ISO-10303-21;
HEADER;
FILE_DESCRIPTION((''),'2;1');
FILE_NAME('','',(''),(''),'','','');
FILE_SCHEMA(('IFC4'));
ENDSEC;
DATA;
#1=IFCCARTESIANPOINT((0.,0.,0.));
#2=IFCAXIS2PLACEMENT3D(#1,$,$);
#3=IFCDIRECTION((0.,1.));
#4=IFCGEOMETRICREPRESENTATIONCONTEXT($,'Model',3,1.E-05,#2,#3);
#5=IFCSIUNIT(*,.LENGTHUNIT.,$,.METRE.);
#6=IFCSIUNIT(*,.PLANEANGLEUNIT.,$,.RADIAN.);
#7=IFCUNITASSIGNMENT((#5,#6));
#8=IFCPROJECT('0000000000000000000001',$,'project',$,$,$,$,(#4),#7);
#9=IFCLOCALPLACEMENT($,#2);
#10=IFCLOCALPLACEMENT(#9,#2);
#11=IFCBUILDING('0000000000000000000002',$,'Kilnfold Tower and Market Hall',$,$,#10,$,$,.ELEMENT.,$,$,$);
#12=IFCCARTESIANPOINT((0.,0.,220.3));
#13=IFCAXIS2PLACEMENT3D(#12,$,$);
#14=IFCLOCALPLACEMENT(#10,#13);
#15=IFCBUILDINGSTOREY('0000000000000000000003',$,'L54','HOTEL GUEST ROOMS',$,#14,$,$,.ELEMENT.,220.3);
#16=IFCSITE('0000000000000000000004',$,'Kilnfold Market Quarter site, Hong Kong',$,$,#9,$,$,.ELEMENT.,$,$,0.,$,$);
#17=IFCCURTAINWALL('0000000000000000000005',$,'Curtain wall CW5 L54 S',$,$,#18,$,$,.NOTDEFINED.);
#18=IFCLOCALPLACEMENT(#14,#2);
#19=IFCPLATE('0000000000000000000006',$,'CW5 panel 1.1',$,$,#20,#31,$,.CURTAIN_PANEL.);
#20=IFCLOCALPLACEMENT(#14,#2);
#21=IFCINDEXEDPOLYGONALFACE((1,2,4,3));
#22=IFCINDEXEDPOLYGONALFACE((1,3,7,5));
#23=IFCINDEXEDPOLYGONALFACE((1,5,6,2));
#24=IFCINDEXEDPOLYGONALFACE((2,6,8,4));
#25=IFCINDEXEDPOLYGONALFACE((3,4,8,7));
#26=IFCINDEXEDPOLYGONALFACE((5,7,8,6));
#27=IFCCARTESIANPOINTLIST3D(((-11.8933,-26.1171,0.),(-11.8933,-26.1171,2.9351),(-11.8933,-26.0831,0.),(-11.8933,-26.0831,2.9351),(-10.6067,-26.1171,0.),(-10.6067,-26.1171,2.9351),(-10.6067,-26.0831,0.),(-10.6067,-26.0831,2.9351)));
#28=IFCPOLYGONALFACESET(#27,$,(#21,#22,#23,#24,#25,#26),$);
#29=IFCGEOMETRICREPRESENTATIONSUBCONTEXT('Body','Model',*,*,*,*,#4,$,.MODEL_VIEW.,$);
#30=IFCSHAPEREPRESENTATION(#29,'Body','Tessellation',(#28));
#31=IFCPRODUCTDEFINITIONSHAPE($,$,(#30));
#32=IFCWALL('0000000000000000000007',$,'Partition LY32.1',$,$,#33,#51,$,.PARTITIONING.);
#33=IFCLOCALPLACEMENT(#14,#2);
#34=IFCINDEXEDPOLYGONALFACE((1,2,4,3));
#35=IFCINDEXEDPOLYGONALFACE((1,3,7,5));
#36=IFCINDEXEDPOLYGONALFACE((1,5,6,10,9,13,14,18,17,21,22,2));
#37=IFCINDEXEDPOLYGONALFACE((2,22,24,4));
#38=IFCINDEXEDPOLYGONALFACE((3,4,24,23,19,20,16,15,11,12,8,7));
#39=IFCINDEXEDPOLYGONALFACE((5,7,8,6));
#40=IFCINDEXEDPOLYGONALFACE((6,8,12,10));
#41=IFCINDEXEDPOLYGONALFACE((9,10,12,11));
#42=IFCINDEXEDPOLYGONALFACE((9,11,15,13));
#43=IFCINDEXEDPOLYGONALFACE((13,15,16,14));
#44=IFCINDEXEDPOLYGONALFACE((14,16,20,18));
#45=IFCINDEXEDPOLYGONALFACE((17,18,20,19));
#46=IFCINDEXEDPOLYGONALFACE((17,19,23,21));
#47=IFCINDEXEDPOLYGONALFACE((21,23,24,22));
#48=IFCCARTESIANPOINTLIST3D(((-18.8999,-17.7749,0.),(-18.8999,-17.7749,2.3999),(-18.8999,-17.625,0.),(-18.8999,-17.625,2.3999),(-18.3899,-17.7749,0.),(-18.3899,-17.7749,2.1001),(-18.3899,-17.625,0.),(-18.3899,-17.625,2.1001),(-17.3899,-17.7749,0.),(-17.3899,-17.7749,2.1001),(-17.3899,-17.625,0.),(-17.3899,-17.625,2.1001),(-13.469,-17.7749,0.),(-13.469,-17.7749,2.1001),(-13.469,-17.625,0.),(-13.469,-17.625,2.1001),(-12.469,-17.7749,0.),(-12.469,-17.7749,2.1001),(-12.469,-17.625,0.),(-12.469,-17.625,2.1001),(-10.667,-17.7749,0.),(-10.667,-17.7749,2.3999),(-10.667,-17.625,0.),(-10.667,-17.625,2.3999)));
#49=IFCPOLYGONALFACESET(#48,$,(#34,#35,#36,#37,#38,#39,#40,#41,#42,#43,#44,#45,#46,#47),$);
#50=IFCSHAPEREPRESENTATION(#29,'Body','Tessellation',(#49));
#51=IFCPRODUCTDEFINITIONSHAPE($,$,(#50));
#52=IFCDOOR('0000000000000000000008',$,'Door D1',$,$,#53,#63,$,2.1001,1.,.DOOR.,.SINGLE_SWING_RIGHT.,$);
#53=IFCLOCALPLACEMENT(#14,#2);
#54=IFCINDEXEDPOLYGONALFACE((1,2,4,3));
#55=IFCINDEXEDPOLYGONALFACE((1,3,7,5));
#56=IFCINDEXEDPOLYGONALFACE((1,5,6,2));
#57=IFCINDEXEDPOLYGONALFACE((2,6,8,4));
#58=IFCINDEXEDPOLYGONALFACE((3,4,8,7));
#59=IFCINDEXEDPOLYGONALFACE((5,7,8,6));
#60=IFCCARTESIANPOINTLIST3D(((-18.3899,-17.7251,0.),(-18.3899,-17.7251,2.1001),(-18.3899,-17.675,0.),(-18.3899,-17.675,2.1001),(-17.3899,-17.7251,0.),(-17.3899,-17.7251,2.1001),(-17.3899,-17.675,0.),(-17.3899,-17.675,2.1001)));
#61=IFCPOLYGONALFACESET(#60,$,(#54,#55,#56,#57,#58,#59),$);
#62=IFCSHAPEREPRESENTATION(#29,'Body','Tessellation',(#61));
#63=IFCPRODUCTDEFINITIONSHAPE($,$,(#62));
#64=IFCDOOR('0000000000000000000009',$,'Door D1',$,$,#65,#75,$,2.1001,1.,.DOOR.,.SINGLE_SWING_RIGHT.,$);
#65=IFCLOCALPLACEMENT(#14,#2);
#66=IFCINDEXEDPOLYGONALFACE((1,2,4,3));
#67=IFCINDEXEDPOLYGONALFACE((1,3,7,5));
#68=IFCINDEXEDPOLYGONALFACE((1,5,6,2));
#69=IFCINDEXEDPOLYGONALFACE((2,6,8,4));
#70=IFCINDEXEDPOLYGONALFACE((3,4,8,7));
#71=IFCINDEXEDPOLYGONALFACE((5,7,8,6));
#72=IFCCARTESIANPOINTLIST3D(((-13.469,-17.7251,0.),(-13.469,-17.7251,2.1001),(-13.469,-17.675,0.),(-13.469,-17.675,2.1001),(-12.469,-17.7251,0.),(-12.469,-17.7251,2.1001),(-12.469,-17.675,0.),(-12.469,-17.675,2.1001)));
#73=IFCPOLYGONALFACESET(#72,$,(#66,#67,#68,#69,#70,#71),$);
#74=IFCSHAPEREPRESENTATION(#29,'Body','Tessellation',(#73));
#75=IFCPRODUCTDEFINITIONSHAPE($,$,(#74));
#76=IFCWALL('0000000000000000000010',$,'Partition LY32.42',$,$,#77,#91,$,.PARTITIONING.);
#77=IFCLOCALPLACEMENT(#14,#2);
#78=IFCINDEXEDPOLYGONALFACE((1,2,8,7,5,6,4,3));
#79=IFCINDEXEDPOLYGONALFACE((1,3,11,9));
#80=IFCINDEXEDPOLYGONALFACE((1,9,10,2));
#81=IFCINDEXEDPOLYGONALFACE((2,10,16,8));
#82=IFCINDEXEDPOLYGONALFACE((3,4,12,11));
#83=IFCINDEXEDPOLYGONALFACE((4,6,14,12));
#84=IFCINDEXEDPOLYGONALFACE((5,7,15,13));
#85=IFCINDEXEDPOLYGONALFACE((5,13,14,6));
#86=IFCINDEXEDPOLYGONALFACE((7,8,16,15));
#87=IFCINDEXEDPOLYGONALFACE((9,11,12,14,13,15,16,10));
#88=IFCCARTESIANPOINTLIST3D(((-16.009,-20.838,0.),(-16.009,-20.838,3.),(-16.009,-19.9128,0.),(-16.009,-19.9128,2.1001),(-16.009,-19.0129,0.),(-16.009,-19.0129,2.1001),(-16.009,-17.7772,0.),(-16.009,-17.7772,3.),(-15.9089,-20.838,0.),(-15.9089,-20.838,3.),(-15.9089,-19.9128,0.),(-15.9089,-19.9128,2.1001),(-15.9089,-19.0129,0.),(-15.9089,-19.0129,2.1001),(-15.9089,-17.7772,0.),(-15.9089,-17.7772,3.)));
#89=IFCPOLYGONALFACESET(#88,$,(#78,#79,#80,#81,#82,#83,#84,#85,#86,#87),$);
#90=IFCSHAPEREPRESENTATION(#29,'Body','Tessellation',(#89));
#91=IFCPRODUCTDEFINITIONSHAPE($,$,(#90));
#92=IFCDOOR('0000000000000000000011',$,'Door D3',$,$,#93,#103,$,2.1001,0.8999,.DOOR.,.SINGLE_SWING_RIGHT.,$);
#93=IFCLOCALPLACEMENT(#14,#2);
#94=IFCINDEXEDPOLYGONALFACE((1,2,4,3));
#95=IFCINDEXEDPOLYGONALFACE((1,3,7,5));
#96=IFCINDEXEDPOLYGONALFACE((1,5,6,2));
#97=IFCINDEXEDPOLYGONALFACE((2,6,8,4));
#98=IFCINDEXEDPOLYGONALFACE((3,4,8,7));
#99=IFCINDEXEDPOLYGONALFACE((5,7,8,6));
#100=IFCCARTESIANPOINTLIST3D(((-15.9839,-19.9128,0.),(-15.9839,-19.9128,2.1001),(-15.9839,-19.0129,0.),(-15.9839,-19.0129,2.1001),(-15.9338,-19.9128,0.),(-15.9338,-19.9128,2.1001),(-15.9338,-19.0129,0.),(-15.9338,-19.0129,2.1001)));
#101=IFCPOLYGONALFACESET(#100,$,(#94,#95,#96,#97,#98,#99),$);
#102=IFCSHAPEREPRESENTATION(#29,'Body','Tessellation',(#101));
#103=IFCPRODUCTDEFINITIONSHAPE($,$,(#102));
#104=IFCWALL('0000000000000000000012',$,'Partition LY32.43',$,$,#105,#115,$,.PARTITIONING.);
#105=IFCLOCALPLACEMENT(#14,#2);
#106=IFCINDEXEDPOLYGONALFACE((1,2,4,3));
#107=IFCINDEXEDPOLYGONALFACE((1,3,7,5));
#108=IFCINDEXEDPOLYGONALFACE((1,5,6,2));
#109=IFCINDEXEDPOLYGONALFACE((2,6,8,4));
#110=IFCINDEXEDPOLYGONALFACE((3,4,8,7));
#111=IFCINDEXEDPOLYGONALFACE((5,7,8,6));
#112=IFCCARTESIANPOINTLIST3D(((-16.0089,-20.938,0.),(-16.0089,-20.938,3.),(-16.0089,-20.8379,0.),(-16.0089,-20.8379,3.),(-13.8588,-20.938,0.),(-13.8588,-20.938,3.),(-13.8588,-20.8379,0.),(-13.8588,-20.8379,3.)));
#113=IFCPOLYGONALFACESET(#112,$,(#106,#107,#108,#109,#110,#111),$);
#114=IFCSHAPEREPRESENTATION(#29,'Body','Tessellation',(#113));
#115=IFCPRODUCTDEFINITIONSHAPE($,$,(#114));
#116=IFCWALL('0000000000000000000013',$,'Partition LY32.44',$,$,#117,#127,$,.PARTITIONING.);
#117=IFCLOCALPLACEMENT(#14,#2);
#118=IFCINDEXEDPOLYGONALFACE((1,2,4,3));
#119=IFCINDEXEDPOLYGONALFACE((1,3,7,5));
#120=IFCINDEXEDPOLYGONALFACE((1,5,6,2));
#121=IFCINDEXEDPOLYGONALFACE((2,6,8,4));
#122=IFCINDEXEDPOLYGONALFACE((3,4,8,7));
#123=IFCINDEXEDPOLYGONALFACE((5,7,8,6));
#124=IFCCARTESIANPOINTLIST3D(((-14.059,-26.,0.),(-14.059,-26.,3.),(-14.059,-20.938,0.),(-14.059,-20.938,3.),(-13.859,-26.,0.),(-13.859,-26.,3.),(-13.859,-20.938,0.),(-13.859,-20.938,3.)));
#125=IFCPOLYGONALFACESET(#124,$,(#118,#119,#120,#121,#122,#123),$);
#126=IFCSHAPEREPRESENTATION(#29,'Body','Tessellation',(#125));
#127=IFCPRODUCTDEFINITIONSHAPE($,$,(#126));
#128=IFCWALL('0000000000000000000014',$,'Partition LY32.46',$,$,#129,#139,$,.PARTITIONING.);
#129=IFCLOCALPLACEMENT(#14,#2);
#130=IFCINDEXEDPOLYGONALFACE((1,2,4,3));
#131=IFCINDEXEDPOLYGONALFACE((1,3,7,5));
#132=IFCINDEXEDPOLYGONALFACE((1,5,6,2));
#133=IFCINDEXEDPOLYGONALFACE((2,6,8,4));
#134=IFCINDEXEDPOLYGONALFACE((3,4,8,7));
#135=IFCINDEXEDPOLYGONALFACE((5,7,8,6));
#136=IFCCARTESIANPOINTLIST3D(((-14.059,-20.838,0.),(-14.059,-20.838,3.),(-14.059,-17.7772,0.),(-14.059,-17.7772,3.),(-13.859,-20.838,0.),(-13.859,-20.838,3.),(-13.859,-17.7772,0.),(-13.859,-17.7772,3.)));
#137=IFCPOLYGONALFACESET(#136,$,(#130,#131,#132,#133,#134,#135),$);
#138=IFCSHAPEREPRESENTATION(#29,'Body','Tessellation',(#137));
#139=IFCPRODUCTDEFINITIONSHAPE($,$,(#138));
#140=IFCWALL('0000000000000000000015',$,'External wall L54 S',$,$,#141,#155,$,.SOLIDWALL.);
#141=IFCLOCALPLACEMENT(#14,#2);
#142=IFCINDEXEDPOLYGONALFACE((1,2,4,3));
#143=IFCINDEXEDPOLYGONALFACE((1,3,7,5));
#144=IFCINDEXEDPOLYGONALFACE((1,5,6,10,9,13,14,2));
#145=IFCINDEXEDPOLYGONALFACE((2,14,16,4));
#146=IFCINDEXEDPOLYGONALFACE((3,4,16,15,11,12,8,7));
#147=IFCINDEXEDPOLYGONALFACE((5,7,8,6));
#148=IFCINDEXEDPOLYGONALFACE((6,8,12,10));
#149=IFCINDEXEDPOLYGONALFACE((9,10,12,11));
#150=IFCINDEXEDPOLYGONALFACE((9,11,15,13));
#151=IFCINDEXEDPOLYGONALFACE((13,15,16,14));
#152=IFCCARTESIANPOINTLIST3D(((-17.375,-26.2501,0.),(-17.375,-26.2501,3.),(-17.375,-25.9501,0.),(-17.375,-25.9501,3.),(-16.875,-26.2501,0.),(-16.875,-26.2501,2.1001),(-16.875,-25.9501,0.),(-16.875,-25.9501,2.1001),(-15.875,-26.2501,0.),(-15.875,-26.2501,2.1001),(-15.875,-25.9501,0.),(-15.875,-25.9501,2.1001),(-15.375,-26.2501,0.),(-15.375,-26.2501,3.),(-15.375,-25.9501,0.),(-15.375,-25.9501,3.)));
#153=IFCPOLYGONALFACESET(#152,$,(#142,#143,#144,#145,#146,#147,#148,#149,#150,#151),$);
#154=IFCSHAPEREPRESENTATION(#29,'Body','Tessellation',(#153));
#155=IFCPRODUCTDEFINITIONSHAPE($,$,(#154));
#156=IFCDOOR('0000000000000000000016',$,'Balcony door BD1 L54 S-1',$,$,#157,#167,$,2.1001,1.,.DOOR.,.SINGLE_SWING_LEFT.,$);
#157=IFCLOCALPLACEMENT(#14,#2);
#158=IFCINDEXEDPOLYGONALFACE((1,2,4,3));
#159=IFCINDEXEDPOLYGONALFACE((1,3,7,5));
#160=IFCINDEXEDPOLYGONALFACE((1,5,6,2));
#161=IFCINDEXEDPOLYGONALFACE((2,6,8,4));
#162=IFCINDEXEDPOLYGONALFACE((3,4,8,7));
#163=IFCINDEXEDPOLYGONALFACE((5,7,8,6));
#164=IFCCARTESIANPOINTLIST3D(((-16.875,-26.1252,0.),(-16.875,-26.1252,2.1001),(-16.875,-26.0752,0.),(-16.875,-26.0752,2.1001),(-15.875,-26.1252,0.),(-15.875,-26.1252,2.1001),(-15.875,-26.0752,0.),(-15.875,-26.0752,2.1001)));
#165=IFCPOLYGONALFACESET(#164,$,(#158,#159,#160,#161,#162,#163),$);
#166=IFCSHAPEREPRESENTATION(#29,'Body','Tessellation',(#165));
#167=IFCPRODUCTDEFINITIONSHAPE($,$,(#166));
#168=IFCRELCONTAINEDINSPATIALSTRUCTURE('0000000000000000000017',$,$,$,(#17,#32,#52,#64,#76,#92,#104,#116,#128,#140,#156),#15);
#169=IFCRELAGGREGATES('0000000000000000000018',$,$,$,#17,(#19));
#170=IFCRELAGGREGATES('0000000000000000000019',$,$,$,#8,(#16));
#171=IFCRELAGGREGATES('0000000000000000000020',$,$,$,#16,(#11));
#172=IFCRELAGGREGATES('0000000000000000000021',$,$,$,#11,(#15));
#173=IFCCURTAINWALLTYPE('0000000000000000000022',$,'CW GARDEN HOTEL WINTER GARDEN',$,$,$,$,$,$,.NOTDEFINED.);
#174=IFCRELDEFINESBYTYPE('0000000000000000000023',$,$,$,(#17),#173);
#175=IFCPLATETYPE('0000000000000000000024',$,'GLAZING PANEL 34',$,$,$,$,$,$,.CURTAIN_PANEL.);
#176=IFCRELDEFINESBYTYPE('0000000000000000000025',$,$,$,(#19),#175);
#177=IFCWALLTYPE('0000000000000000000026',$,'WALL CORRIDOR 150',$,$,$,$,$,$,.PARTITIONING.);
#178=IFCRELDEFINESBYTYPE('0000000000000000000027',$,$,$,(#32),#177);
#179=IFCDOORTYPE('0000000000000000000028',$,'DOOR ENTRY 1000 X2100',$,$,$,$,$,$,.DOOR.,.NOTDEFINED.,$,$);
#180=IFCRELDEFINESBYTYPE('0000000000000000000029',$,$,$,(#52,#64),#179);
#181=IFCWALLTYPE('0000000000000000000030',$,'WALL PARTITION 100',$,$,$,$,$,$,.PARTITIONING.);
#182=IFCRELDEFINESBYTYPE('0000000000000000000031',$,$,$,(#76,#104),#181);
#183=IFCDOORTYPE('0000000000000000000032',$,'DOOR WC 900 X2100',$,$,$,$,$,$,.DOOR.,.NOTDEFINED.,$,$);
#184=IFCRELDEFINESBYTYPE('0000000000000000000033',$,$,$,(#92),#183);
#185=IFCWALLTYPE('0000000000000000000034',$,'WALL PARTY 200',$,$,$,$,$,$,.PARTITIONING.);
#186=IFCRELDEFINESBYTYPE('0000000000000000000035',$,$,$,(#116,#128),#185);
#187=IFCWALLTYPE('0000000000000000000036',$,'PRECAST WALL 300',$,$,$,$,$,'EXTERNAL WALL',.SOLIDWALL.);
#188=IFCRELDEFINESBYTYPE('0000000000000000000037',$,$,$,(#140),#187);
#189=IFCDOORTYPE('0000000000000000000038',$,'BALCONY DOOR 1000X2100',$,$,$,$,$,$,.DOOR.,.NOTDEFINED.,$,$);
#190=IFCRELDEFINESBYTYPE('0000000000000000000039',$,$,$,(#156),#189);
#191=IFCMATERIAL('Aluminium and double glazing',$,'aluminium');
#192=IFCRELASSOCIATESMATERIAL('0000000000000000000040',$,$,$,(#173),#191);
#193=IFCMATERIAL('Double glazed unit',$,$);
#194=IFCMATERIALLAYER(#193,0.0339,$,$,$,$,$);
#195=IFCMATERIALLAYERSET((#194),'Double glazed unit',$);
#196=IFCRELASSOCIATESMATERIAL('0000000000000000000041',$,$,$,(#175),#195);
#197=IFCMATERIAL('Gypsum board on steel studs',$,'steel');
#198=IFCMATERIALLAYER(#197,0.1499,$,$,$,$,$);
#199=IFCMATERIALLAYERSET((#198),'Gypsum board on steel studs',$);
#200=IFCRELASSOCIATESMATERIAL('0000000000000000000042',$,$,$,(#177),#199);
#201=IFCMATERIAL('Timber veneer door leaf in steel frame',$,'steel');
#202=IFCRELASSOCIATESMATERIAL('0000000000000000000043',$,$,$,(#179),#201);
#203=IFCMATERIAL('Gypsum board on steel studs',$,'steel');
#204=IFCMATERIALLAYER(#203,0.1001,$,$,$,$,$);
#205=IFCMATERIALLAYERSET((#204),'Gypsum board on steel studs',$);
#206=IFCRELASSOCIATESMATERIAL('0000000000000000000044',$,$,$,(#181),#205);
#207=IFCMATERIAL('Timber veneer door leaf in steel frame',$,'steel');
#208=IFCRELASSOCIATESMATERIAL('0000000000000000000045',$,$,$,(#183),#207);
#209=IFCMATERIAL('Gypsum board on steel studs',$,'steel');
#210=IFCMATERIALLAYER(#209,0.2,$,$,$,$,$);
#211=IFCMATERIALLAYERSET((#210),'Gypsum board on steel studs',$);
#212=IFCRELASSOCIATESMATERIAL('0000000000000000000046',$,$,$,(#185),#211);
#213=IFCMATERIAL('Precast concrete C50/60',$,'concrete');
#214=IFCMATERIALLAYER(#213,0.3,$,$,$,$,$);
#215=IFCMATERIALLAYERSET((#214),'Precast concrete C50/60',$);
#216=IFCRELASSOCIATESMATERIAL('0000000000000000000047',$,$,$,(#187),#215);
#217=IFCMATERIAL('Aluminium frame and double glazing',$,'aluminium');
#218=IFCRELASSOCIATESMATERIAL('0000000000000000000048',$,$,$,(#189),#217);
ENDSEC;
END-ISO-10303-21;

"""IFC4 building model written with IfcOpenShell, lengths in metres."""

from ifc_helpers import new_model, si_unit, direction, frame, frame_2d, origin, origin_2d, place, context, subcontext, project, spatial, rectangle, extrude, source, transform, mapped, material, layer, layer_set, type_object, element, fill, aggregate, save


model = new_model("IFC4")

# Units and contexts
model_context = context("Model", 3, precision=1e-05, world=origin(), true_north=direction((0.0, 1.0)))
body_context = subcontext(model_context, "Body", "Model", "MODEL_VIEW")
ifc_project = project(units=[si_unit("LENGTHUNIT", "METRE"), si_unit("PLANEANGLEUNIT", "RADIAN")], contexts=[model_context])

# Site, building, storey
site_placement = place(None, origin())
site = spatial("IfcSite", under=ifc_project, at=site_placement, Name="Kilnfold Market Quarter site, Hong Kong", CompositionType="ELEMENT", RefElevation=0.0)
building_placement = place(site_placement, origin())
building = spatial("IfcBuilding", under=site, at=building_placement, Name="Kilnfold Tower and Market Hall", CompositionType="ELEMENT")
storey_placement = place(building_placement, frame((0.0, 0.0, 220.3)))
storey = spatial("IfcBuildingStorey", under=building, at=storey_placement, Name="L54", Description="HOTEL GUEST ROOMS", CompositionType="ELEMENT", Elevation=220.3)

# Curtain wall
ifc_material_1 = material(Name="Aluminium and double glazing", Category="aluminium")
curtain_wall_type = type_object("IfcCurtainWallType", Name="CW GARDEN HOTEL WINTER GARDEN", PredefinedType="NOTDEFINED", material=ifc_material_1)
curtain_wall_1_placement = place(storey_placement, origin())
curtain_wall_1 = element("IfcCurtainWall", 1, at=curtain_wall_1_placement, inside=storey, type_object=curtain_wall_type, Name="Curtain wall CW5 L54 S", PredefinedType="NOTDEFINED")

# Plate
ifc_material_2 = material(Name="Double glazed unit")
ifc_layer_1 = layer(ifc_material_2, 0.0339)
ifc_layer_set_1 = layer_set([ifc_layer_1], Name="Double glazed unit")
plate_type = type_object("IfcPlateType", Name="GLAZING PANEL 34", PredefinedType="CURTAIN_PANEL", material=ifc_layer_set_1)
shared_shape_1 = source(origin(), body_context, "Body", "SweptSolid", [
    extrude(rectangle(XDim=1.2866, YDim=0.0339, at=origin_2d()), origin(), (0.0, 0.0, 1.0), 2.9351),
])
plate_1_placement = place(storey_placement, frame((-11.25, -26.1001, 0.0), z_axis=(0.0, 0.0, 1.0), x_axis=(1.0, 0.0, 0.0)))
plate_1 = element("IfcPlate", 2, at=plate_1_placement, type_object=plate_type, Name="CW5 panel 1.1", PredefinedType="CURTAIN_PANEL", context=body_context, shape_type="MappedRepresentation", body=[
    mapped(shared_shape_1, transform((0.0, 0.0, 0.0))),
])
aggregate(curtain_wall_1, [plate_1])

# Wall, openings, doors
ifc_material_3 = material(Name="Gypsum board on steel studs", Category="steel")
ifc_layer_2 = layer(ifc_material_3, 0.1499)
ifc_layer_set_2 = layer_set([ifc_layer_2], Name="Gypsum board on steel studs")
wall_type_1 = type_object("IfcWallType", Name="WALL CORRIDOR 150", PredefinedType="PARTITIONING", material=ifc_layer_set_2)
wall_1_placement = place(storey_placement, frame((-18.8999, -17.7, 0.0), z_axis=(0.0, 0.0, 1.0), x_axis=(1.0, 0.0, 0.0)))
wall_1 = element("IfcWall", 3, at=wall_1_placement, inside=storey, type_object=wall_type_1, Name="Partition LY32.1", PredefinedType="PARTITIONING", context=body_context, shape_type="SweptSolid", body=[
    extrude(rectangle(XDim=8.2329, YDim=0.1499, at=frame_2d((4.1165, 0.0))), origin(), (0.0, 0.0, 1.0), 2.3999),
])
opening_1_placement = place(wall_1_placement, frame((0.51, 0.0, 0.0)))
opening_1 = element("IfcOpeningElement", 4, at=opening_1_placement, cuts=wall_1, PredefinedType="OPENING", context=body_context, shape_type="SweptSolid", body=[
    extrude(rectangle(XDim=1.0, YDim=2.1001, at=frame_2d((0.5, 1.05))), frame((0.0, 0.085, 0.0), z_axis=(0.0, -1.0, 0.0), x_axis=(1.0, 0.0, 0.0)), (0.0, 0.0, 1.0), 0.1699),
])
opening_2_placement = place(wall_1_placement, frame((5.4309, 0.0, 0.0)))
opening_2 = element("IfcOpeningElement", 5, at=opening_2_placement, cuts=wall_1, PredefinedType="OPENING", context=body_context, shape_type="SweptSolid", body=[
    extrude(rectangle(XDim=1.0, YDim=2.1001, at=frame_2d((0.5, 1.05))), frame((0.0, 0.085, 0.0), z_axis=(0.0, -1.0, 0.0), x_axis=(1.0, 0.0, 0.0)), (0.0, 0.0, 1.0), 0.1699),
])
ifc_material_4 = material(Name="Timber veneer door leaf in steel frame", Category="steel")
door_type_1 = type_object("IfcDoorType", Name="DOOR ENTRY 1000 X2100", OperationType="NOTDEFINED", PredefinedType="DOOR", material=ifc_material_4)
door_1_placement = place(opening_1_placement, origin())
door_1 = element("IfcDoor", 6, at=door_1_placement, inside=storey, type_object=door_type_1, Name="Door D1", OperationType="SINGLE_SWING_RIGHT", OverallHeight=2.1001, OverallWidth=1.0, PredefinedType="DOOR", context=body_context, shape_type="SweptSolid", body=[
    extrude(rectangle(XDim=1.0, YDim=2.1001, at=frame_2d((0.5, 1.05))), frame((0.0, 0.0249, 0.0), z_axis=(0.0, -1.0, 0.0), x_axis=(1.0, 0.0, 0.0)), (0.0, 0.0, 1.0), 0.05),
])
fill(opening_1, door_1)
door_2_placement = place(opening_2_placement, origin())
door_2 = element("IfcDoor", 7, at=door_2_placement, inside=storey, type_object=door_type_1, Name="Door D1", OperationType="SINGLE_SWING_RIGHT", OverallHeight=2.1001, OverallWidth=1.0, PredefinedType="DOOR", context=body_context, shape_type="SweptSolid", body=[
    extrude(rectangle(XDim=1.0, YDim=2.1001, at=frame_2d((0.5, 1.05))), frame((0.0, 0.0249, 0.0), z_axis=(0.0, -1.0, 0.0), x_axis=(1.0, 0.0, 0.0)), (0.0, 0.0, 1.0), 0.05),
])
fill(opening_2, door_2)

# Wall, opening, door
ifc_material_5 = material(Name="Gypsum board on steel studs", Category="steel")
ifc_layer_3 = layer(ifc_material_5, 0.1001)
ifc_layer_set_3 = layer_set([ifc_layer_3], Name="Gypsum board on steel studs")
wall_type_2 = type_object("IfcWallType", Name="WALL PARTITION 100", PredefinedType="PARTITIONING", material=ifc_layer_set_3)
wall_2_placement = place(storey_placement, frame((-15.959, -20.8379, 0.0), z_axis=(0.0, 0.0, 1.0), x_axis=(0.0, 1.0, 0.0)))
wall_2 = element("IfcWall", 8, at=wall_2_placement, inside=storey, type_object=wall_type_2, Name="Partition LY32.42", PredefinedType="PARTITIONING", context=body_context, shape_type="SweptSolid", body=[
    extrude(rectangle(XDim=3.0608, YDim=0.1001, at=frame_2d((1.5303, 0.0))), origin(), (0.0, 0.0, 1.0), 3.0),
])
opening_3_placement = place(wall_2_placement, frame((0.925, 0.0, 0.0)))
opening_3 = element("IfcOpeningElement", 9, at=opening_3_placement, cuts=wall_2, PredefinedType="OPENING", context=body_context, shape_type="SweptSolid", body=[
    extrude(rectangle(XDim=0.8999, YDim=2.1001, at=frame_2d((0.45, 1.05))), frame((0.0, 0.0601, 0.0), z_axis=(0.0, -1.0, 0.0), x_axis=(1.0, 0.0, 0.0)), (0.0, 0.0, 1.0), 0.1201),
])
ifc_material_6 = material(Name="Timber veneer door leaf in steel frame", Category="steel")
door_type_2 = type_object("IfcDoorType", Name="DOOR WC 900 X2100", OperationType="NOTDEFINED", PredefinedType="DOOR", material=ifc_material_6)
door_3_placement = place(opening_3_placement, origin())
door_3 = element("IfcDoor", 10, at=door_3_placement, inside=storey, type_object=door_type_2, Name="Door D3", OperationType="SINGLE_SWING_RIGHT", OverallHeight=2.1001, OverallWidth=0.8999, PredefinedType="DOOR", context=body_context, shape_type="SweptSolid", body=[
    extrude(rectangle(XDim=0.8999, YDim=2.1001, at=frame_2d((0.45, 1.05))), frame((0.0, 0.0249, 0.0), z_axis=(0.0, -1.0, 0.0), x_axis=(1.0, 0.0, 0.0)), (0.0, 0.0, 1.0), 0.05),
])
fill(opening_3, door_3)

# Walls
wall_3_placement = place(storey_placement, frame((-16.009, -20.8879, 0.0), z_axis=(0.0, 0.0, 1.0), x_axis=(1.0, 0.0, 0.0)))
element("IfcWall", 11, at=wall_3_placement, inside=storey, type_object=wall_type_2, Name="Partition LY32.43", PredefinedType="PARTITIONING", context=body_context, shape_type="SweptSolid", body=[
    extrude(rectangle(XDim=2.1501, YDim=0.1001, at=frame_2d((1.0752, 0.0))), origin(), (0.0, 0.0, 1.0), 3.0),
])
ifc_material_7 = material(Name="Gypsum board on steel studs", Category="steel")
ifc_layer_4 = layer(ifc_material_7, 0.2)
ifc_layer_set_4 = layer_set([ifc_layer_4], Name="Gypsum board on steel studs")
wall_type_3 = type_object("IfcWallType", Name="WALL PARTY 200", PredefinedType="PARTITIONING", material=ifc_layer_set_4)
wall_4_placement = place(storey_placement, frame((-13.959, -26.0, 0.0), z_axis=(0.0, 0.0, 1.0), x_axis=(0.0, 1.0, 0.0)))
element("IfcWall", 12, at=wall_4_placement, inside=storey, type_object=wall_type_3, Name="Partition LY32.44", PredefinedType="PARTITIONING", context=body_context, shape_type="SweptSolid", body=[
    extrude(rectangle(XDim=5.062, YDim=0.2, at=frame_2d((2.531, 0.0))), origin(), (0.0, 0.0, 1.0), 3.0),
])
wall_5_placement = place(storey_placement, frame((-13.959, -20.8379, 0.0), z_axis=(0.0, 0.0, 1.0), x_axis=(0.0, 1.0, 0.0)))
element("IfcWall", 13, at=wall_5_placement, inside=storey, type_object=wall_type_3, Name="Partition LY32.46", PredefinedType="PARTITIONING", context=body_context, shape_type="SweptSolid", body=[
    extrude(rectangle(XDim=3.0608, YDim=0.2, at=frame_2d((1.5303, 0.0))), origin(), (0.0, 0.0, 1.0), 3.0),
])

# Wall, opening, door
ifc_material_8 = material(Name="Precast concrete C50/60", Category="concrete")
ifc_layer_5 = layer(ifc_material_8, 0.3)
ifc_layer_set_5 = layer_set([ifc_layer_5], Name="Precast concrete C50/60")
wall_type_4 = type_object("IfcWallType", Name="PRECAST WALL 300", ElementType="EXTERNAL WALL", PredefinedType="SOLIDWALL", material=ifc_layer_set_5)
shared_shape_2 = source(origin(), body_context, "Body", "SweptSolid", [
    extrude(rectangle(XDim=2.0, YDim=0.3, at=frame_2d((1.0, 0.0))), origin(), (0.0, 0.0, 1.0), 3.0),
])
wall_6_placement = place(storey_placement, frame((-17.375, -26.1001, 0.0), z_axis=(0.0, 0.0, 1.0), x_axis=(1.0, 0.0, 0.0)))
wall_6 = element("IfcWall", 14, at=wall_6_placement, inside=storey, type_object=wall_type_4, Name="External wall L54 S", PredefinedType="SOLIDWALL", context=body_context, shape_type="MappedRepresentation", body=[
    mapped(shared_shape_2, transform((0.0, 0.0, 0.0))),
])
opening_4_placement = place(wall_6_placement, frame((0.5, 0.0, 0.0)))
opening_4 = element("IfcOpeningElement", 15, at=opening_4_placement, cuts=wall_6, PredefinedType="OPENING", context=body_context, shape_type="SweptSolid", body=[
    extrude(rectangle(XDim=1.0, YDim=2.1001, at=frame_2d((0.5, 1.05))), frame((0.0, 0.1602, 0.0), z_axis=(0.0, -1.0, 0.0), x_axis=(1.0, 0.0, 0.0)), (0.0, 0.0, 1.0), 0.3201),
])
ifc_material_9 = material(Name="Aluminium frame and double glazing", Category="aluminium")
door_type_3 = type_object("IfcDoorType", Name="BALCONY DOOR 1000X2100", OperationType="NOTDEFINED", PredefinedType="DOOR", material=ifc_material_9)
door_4_placement = place(opening_4_placement, origin())
door_4 = element("IfcDoor", 16, at=door_4_placement, inside=storey, type_object=door_type_3, Name="Balcony door BD1 L54 S-1", OperationType="SINGLE_SWING_LEFT", OverallHeight=2.1001, OverallWidth=1.0, PredefinedType="DOOR", context=body_context, shape_type="SweptSolid", body=[
    extrude(rectangle(XDim=1.0, YDim=2.1001, at=frame_2d((0.5, 1.05))), frame((0.0, 0.0249, 0.0), z_axis=(0.0, -1.0, 0.0), x_axis=(1.0, 0.0, 0.0)), (0.0, 0.0, 1.0), 0.05),
])
fill(opening_4, door_4)

save(model, "model.ifc")
